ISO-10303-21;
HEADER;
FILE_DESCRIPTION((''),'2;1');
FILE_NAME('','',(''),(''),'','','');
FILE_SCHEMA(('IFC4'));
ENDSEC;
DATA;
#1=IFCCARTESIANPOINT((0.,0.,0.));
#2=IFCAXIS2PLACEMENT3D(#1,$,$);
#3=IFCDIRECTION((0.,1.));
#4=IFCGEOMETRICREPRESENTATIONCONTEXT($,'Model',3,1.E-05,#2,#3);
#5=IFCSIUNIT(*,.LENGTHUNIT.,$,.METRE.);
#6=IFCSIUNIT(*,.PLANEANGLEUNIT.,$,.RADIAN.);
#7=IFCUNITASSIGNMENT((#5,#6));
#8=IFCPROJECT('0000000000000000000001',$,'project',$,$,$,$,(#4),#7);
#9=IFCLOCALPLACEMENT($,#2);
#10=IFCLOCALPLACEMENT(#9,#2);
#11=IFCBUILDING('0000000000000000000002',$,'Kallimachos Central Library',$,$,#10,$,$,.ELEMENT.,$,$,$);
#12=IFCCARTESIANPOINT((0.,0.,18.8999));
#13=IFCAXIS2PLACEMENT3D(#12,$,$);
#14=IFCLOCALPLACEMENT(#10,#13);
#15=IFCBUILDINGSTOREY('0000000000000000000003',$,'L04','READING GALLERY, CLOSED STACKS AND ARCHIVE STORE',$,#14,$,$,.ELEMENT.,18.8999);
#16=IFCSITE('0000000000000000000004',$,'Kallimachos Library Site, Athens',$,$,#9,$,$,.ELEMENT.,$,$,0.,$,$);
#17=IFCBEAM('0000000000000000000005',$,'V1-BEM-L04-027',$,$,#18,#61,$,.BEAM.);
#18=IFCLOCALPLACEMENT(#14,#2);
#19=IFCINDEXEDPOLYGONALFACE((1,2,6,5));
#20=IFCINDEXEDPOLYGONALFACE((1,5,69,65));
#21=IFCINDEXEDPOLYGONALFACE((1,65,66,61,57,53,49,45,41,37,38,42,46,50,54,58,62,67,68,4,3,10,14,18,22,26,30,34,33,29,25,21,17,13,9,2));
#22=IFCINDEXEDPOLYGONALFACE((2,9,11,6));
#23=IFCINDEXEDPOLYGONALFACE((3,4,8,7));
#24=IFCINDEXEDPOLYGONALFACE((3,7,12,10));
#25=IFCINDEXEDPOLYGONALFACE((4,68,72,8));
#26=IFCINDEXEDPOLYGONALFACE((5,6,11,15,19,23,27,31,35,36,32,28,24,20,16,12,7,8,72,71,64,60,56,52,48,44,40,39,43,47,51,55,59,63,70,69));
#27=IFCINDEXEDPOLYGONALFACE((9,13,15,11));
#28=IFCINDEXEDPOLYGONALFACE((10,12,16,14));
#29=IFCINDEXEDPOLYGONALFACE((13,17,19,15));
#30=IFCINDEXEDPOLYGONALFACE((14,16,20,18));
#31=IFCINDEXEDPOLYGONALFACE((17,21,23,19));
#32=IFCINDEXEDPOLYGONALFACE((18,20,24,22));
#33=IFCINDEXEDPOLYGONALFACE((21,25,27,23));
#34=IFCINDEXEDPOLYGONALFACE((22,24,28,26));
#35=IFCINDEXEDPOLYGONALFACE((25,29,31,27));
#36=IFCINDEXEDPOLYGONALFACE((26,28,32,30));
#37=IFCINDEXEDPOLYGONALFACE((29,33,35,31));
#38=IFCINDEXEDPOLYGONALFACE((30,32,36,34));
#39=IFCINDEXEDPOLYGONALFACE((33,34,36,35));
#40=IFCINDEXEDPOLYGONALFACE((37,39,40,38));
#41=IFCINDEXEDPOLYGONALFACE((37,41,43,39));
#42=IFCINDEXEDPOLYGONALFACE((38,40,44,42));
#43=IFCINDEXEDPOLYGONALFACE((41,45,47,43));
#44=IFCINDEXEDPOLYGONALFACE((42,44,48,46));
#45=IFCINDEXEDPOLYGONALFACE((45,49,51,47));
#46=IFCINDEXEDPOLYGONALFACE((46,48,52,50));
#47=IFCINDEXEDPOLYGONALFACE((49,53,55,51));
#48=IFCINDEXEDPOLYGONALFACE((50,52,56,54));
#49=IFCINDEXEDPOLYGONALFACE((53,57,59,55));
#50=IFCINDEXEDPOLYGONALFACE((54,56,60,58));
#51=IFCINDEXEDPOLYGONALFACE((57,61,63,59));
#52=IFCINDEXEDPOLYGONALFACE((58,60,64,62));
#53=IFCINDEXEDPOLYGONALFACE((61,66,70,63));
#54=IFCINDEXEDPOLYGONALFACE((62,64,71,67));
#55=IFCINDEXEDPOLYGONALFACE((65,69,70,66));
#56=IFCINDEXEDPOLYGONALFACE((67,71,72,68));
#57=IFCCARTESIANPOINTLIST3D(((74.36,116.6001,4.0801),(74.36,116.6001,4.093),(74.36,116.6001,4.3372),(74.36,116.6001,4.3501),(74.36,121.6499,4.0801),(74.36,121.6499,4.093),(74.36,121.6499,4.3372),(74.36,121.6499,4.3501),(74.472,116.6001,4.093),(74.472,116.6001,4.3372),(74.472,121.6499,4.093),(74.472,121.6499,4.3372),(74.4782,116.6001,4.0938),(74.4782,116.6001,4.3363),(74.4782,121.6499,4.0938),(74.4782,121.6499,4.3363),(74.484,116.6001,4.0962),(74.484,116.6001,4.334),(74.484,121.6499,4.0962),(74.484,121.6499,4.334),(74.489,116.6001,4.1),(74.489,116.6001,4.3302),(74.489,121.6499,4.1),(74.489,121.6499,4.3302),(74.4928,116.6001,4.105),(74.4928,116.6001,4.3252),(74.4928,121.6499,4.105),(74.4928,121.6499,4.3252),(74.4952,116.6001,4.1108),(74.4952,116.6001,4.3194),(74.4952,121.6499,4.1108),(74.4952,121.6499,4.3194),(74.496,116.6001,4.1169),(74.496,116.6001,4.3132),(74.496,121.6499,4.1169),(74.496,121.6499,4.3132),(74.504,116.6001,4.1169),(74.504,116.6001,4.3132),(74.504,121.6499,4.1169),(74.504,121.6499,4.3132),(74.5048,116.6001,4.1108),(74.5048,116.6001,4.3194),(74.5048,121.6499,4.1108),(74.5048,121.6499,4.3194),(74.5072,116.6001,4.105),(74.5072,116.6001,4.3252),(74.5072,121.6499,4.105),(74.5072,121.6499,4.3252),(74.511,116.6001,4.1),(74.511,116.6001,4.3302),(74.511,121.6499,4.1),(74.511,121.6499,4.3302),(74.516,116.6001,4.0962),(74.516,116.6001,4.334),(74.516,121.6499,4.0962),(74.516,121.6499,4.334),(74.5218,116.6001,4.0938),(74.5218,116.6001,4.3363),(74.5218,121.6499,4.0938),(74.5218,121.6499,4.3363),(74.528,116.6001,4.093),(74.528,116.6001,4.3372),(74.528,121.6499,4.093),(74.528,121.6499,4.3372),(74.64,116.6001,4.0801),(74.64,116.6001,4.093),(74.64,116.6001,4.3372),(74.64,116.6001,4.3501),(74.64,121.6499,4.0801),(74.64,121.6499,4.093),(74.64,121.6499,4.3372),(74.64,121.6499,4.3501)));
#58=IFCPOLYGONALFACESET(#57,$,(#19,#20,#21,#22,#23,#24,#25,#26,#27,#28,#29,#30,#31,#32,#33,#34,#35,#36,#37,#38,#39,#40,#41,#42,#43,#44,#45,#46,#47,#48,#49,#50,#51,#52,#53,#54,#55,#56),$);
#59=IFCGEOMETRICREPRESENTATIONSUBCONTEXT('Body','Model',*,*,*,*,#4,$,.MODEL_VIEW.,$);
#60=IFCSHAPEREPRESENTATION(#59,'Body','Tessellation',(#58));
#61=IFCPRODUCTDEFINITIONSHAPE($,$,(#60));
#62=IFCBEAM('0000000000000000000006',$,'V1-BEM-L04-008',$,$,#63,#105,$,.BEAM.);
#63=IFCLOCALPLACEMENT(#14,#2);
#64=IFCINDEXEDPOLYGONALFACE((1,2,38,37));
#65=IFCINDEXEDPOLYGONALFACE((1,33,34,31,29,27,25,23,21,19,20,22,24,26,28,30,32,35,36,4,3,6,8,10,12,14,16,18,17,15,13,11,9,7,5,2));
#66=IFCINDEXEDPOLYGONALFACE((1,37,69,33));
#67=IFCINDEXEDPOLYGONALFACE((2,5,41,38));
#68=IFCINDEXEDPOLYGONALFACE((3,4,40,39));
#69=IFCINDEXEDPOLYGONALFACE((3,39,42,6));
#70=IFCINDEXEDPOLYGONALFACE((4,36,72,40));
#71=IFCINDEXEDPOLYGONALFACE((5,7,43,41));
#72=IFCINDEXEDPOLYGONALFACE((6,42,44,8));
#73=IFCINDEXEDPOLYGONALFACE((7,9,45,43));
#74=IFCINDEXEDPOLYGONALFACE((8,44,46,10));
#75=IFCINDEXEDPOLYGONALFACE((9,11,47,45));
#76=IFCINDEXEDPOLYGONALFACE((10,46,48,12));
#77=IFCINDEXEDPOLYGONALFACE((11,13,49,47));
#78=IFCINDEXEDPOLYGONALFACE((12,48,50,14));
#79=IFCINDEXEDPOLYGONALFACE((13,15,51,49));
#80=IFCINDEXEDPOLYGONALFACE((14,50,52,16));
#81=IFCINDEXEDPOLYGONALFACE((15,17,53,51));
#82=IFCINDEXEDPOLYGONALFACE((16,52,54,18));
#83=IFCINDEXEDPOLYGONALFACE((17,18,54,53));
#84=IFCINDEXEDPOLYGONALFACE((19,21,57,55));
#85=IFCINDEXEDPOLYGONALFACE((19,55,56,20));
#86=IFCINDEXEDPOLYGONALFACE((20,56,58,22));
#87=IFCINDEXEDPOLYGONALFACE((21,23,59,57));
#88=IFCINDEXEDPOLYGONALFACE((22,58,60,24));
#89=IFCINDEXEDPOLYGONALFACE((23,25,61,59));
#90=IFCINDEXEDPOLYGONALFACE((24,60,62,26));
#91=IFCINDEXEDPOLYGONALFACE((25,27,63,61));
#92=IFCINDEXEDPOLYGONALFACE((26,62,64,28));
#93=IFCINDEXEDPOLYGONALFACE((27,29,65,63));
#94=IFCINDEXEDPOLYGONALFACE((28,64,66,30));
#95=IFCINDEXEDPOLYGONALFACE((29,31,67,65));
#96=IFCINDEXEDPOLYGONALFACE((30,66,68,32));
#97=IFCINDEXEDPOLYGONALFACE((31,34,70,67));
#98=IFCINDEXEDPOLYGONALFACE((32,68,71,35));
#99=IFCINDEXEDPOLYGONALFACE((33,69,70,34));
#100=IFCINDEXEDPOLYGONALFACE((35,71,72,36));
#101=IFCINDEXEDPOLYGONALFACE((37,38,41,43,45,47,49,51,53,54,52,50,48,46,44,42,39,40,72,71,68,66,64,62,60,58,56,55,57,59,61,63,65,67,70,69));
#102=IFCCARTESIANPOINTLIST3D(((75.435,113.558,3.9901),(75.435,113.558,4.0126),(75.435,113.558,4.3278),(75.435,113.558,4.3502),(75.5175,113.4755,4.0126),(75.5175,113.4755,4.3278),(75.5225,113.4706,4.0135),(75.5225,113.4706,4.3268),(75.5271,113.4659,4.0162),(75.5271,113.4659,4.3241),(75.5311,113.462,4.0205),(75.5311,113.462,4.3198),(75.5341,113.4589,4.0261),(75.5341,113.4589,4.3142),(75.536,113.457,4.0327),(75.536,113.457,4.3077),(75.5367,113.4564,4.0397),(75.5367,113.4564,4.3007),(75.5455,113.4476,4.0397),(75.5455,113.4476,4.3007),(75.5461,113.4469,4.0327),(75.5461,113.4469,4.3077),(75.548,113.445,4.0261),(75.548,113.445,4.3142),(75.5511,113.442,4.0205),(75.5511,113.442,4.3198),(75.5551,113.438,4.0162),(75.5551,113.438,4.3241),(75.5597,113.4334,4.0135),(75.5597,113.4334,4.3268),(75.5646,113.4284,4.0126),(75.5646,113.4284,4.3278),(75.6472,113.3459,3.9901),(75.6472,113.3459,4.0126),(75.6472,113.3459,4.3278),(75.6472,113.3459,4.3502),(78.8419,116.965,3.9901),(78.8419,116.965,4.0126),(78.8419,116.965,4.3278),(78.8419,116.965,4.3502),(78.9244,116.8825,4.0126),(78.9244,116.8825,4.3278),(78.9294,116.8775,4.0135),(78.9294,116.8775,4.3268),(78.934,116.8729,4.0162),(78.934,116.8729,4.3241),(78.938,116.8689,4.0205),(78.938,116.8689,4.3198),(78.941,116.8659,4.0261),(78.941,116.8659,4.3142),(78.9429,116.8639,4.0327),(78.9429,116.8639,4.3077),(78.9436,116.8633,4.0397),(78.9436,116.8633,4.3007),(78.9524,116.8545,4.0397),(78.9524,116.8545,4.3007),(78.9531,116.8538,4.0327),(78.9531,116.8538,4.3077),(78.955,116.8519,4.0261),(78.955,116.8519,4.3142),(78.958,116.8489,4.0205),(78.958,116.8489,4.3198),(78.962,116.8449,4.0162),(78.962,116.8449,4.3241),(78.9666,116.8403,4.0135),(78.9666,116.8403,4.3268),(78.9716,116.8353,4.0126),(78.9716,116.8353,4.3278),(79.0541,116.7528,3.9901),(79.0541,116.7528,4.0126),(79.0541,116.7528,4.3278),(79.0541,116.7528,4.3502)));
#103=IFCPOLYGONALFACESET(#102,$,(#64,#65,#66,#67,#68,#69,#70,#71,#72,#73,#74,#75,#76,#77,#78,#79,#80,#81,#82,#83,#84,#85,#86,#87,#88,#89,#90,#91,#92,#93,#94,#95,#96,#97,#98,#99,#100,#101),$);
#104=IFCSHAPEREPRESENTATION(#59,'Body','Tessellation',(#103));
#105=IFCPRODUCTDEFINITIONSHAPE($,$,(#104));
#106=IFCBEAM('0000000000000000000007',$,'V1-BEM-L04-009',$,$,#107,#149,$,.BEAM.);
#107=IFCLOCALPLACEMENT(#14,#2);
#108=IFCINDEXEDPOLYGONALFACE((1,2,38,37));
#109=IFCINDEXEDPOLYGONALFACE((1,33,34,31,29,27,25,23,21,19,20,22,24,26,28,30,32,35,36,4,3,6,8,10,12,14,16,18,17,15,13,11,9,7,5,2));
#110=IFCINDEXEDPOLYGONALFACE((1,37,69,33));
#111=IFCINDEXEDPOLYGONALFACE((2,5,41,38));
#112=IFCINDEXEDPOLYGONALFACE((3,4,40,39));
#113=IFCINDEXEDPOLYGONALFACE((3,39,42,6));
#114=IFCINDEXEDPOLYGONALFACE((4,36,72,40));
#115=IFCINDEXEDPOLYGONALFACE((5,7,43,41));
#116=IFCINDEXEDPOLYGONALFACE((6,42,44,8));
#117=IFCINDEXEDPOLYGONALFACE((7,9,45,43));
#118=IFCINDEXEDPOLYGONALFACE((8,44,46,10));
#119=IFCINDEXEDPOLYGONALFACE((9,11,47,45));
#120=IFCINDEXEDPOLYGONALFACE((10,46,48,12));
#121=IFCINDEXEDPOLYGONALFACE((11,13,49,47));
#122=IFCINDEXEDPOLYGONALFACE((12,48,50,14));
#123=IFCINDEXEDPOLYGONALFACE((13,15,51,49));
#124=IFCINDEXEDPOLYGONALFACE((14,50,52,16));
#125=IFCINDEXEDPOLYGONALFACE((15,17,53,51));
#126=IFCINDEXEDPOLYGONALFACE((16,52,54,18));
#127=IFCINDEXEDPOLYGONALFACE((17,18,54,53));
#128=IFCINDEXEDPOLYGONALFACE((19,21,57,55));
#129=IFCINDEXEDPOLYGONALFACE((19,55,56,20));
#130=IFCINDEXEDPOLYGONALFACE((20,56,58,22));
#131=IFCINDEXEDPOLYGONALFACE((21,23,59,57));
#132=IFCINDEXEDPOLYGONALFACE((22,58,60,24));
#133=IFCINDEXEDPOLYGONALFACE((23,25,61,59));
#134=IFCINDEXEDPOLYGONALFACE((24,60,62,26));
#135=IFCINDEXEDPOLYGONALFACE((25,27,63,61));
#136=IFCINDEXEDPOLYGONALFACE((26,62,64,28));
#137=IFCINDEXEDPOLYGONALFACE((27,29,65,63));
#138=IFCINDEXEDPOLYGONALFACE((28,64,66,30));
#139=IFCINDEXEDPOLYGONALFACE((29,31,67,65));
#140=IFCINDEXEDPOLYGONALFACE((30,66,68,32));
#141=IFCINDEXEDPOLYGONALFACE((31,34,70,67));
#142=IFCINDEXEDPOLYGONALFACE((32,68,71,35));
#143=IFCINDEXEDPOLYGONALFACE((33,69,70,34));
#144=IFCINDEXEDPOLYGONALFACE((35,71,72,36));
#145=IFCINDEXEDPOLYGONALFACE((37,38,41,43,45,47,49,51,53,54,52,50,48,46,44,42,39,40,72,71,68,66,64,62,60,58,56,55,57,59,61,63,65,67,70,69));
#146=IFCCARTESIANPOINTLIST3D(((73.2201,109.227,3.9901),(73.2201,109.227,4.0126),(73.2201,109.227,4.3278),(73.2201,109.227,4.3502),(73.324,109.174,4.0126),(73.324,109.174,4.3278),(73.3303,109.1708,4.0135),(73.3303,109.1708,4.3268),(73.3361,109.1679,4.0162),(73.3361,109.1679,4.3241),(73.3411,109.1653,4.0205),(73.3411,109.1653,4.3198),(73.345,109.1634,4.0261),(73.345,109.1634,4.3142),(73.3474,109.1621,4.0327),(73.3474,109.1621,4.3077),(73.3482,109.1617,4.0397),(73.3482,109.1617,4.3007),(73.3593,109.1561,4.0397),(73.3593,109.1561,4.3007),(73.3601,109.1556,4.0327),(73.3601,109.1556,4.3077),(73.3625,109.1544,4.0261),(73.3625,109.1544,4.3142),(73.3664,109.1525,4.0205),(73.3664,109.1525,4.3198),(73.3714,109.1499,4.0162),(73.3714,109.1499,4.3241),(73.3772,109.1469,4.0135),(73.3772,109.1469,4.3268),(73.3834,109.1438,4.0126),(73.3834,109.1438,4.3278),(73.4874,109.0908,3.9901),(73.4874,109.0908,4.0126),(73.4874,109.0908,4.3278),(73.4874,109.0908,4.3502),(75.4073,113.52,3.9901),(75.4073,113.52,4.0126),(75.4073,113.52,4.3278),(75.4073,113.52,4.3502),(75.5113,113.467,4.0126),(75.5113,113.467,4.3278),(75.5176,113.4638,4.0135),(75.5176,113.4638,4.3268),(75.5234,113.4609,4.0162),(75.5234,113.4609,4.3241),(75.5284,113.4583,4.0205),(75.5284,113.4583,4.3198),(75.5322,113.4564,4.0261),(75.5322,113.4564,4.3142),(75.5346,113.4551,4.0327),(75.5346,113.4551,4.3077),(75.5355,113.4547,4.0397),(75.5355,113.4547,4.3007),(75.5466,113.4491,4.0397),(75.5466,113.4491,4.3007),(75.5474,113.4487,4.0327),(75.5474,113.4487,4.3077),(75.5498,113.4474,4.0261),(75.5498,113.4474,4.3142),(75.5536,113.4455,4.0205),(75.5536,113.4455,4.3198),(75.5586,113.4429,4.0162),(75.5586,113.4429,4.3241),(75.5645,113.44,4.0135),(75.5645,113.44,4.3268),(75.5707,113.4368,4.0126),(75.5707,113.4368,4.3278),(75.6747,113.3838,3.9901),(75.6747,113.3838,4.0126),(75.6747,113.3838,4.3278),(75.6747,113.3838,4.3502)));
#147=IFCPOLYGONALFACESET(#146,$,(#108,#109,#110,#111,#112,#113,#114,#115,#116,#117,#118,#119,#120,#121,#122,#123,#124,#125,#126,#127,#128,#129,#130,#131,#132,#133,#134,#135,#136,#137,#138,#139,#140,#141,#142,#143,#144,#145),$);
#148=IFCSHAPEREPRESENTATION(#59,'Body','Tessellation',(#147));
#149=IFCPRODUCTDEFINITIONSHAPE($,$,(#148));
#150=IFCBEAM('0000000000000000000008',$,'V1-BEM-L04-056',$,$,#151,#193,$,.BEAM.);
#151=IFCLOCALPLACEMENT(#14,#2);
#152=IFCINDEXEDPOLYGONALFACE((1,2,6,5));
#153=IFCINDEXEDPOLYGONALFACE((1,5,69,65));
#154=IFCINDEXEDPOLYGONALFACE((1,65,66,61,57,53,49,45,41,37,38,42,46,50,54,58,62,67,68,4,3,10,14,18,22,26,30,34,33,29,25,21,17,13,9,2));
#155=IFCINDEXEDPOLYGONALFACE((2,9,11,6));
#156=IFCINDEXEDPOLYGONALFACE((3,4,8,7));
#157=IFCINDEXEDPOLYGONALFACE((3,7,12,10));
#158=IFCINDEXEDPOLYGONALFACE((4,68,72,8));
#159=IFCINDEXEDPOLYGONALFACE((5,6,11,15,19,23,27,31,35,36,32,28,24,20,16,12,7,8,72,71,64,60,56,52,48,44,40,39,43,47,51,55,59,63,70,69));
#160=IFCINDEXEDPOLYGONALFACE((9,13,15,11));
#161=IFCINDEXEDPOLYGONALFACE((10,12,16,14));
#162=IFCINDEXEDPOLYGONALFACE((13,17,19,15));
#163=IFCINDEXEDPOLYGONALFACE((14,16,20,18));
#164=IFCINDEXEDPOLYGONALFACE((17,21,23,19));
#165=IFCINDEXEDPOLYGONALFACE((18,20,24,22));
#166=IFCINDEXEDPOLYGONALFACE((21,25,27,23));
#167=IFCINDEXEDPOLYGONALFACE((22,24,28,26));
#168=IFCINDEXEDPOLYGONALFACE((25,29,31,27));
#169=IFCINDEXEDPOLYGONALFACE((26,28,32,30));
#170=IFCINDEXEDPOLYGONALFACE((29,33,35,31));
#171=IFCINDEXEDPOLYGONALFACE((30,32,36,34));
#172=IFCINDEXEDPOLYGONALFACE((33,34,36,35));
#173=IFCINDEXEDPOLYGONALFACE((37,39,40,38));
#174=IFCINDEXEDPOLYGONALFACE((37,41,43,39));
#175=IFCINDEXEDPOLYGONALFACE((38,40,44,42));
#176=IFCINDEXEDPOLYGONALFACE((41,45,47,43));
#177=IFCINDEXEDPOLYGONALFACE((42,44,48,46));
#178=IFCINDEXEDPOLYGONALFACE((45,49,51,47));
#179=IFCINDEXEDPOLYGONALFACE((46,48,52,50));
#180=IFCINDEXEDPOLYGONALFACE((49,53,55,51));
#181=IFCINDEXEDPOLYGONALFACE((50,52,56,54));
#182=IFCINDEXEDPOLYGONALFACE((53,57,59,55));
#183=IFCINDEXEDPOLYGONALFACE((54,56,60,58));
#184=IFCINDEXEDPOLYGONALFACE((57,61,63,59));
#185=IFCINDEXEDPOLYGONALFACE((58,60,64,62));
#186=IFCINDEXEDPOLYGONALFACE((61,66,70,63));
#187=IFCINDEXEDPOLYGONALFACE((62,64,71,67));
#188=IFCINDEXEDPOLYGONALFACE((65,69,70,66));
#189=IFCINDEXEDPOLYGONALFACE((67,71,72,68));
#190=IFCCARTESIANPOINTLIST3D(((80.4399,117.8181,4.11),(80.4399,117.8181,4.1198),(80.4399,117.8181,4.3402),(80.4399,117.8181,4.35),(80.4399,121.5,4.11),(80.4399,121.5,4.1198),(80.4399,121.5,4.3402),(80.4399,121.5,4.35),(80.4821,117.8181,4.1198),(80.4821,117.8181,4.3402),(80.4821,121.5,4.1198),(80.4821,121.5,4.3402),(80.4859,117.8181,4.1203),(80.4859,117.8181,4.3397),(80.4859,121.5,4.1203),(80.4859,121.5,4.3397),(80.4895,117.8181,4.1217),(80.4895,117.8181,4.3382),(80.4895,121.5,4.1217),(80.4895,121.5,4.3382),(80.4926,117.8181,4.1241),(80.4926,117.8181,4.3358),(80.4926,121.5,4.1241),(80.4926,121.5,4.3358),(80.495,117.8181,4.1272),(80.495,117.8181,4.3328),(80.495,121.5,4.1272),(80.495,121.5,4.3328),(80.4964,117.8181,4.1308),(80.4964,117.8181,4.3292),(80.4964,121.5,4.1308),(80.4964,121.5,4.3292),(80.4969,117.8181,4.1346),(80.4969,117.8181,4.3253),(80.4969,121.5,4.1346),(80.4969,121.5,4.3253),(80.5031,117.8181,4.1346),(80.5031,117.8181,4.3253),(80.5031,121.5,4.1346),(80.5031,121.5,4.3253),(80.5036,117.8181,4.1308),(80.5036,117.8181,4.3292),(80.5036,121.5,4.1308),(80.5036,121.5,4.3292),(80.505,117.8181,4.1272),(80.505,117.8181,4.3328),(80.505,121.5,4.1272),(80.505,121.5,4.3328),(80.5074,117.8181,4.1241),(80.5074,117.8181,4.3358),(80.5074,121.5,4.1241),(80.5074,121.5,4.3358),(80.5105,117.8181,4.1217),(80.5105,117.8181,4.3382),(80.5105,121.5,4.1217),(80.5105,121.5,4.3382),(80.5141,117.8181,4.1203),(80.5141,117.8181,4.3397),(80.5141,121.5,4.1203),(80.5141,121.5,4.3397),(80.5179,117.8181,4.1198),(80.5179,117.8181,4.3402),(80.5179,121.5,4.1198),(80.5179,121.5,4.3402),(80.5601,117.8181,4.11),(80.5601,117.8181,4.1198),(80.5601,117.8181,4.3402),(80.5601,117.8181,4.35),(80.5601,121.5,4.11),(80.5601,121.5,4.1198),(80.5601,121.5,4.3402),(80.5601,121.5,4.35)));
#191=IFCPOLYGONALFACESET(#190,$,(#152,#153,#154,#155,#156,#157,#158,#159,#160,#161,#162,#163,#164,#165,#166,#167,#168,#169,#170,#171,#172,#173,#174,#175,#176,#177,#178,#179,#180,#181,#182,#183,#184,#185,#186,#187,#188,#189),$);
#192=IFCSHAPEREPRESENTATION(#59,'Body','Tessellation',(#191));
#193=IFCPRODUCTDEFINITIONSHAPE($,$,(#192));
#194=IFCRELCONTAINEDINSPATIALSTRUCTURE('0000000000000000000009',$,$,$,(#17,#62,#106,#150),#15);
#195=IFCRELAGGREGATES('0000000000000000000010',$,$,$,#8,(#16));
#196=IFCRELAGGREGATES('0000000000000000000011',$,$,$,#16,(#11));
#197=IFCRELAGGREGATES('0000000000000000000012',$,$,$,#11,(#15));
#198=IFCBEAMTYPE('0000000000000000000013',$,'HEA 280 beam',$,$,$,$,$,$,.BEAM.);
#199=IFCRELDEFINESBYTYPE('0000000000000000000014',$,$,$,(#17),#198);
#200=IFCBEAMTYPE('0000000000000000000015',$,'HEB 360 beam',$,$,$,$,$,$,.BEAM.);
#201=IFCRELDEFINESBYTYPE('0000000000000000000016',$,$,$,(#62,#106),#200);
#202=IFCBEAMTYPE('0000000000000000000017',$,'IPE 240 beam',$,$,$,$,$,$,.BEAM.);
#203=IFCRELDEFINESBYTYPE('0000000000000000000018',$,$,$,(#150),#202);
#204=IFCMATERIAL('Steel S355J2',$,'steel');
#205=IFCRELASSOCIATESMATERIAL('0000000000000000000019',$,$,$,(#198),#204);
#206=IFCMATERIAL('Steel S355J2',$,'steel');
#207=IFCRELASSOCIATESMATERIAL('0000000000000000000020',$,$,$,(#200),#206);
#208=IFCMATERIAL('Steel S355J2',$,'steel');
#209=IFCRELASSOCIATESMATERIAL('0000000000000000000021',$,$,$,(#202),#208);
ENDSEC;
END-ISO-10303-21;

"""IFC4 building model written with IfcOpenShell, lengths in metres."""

from ifc_helpers import new_model, si_unit, direction, frame, origin, origin_2d, place, context, subcontext, project, spatial, i_section, extrude, material, material_profile, profile_set, type_object, element, save


model = new_model("IFC4")

# Units and contexts
model_context = context("Model", 3, precision=1e-05, world=origin(), true_north=direction((0.0, 1.0)))
body_context = subcontext(model_context, "Body", "Model", "MODEL_VIEW")
ifc_project = project(units=[si_unit("LENGTHUNIT", "METRE"), si_unit("PLANEANGLEUNIT", "RADIAN")], contexts=[model_context])

# Site, building, storey
site_placement = place(None, origin())
site = spatial("IfcSite", under=ifc_project, at=site_placement, Name="Kallimachos Library Site, Athens", CompositionType="ELEMENT", RefElevation=0.0)
building_placement = place(site_placement, origin())
building = spatial("IfcBuilding", under=site, at=building_placement, Name="Kallimachos Central Library", CompositionType="ELEMENT")
storey_placement = place(building_placement, frame((0.0, 0.0, 18.8999)))
storey = spatial("IfcBuildingStorey", under=building, at=storey_placement, Name="L04", Description="READING GALLERY, CLOSED STACKS AND ARCHIVE STORE", CompositionType="ELEMENT", Elevation=18.8999)

# Beams
ifc_material_1 = material(Name="Steel S355J2", Category="steel")
ifc_material_profile_1 = material_profile(ifc_material_1, i_section(OverallWidth=0.28, OverallDepth=0.27, WebThickness=0.0081, FlangeThickness=0.0129, FilletRadius=0.0239, at=origin_2d()), Name="HEA 280")
ifc_profile_set_1 = profile_set([ifc_material_profile_1], Name="Steel S355J2")
beam_type_1 = type_object("IfcBeamType", Name="HEA 280 beam", PredefinedType="BEAM", material=ifc_profile_set_1)
beam_1_placement = place(storey_placement, frame((74.5, 116.6001, 4.2151), z_axis=(0.0, 1.0, 0.0), x_axis=(-1.0, 0.0, 0.0)))
element("IfcBeam", 1, at=beam_1_placement, inside=storey, type_object=beam_type_1, Name="V1-BEM-L04-027", PredefinedType="BEAM", context=body_context, shape_type="SweptSolid", body=[
    extrude(i_section(OverallWidth=0.28, OverallDepth=0.27, WebThickness=0.0081, FlangeThickness=0.0129, FilletRadius=0.0239, at=origin_2d()), origin(), (0.0, 0.0, 1.0), 5.0498),
])
ifc_material_2 = material(Name="Steel S355J2", Category="steel")
ifc_material_profile_2 = material_profile(ifc_material_2, i_section(OverallWidth=0.3, OverallDepth=0.3601, WebThickness=0.0125, FlangeThickness=0.0225, FilletRadius=0.0271, at=origin_2d()), Name="HEB 360")
ifc_profile_set_2 = profile_set([ifc_material_profile_2], Name="Steel S355J2")
beam_type_2 = type_object("IfcBeamType", Name="HEB 360 beam", PredefinedType="BEAM", material=ifc_profile_set_2)
for number, where, z_axis, x_axis, name in (
    (2, (78.948, 116.8589, 4.1702), (-0.707107, -0.707107, 0.0), (0.707107, -0.707107, 0.0), "V1-BEM-L04-008"),
    (3, (75.541, 113.4519, 4.1702), (-0.453971, -0.891017, 0.0), (0.891017, -0.453971, 0.0), "V1-BEM-L04-009"),
):
    element("IfcBeam", number, at=place(storey_placement, frame(where, z_axis=z_axis, x_axis=x_axis)), inside=storey, type_object=beam_type_2, Name=name, PredefinedType="BEAM", context=body_context, shape_type="SweptSolid", body=[
        extrude(i_section(OverallWidth=0.3, OverallDepth=0.3601, WebThickness=0.0125, FlangeThickness=0.0225, FilletRadius=0.0271, at=origin_2d()), origin(), (0.0, 0.0, 1.0), 4.8181),
    ])
ifc_material_3 = material(Name="Steel S355J2", Category="steel")
ifc_material_profile_3 = material_profile(ifc_material_3, i_section(OverallWidth=0.1201, OverallDepth=0.24, WebThickness=0.0061, FlangeThickness=0.0098, FilletRadius=0.0149, at=origin_2d()), Name="IPE 240")
ifc_profile_set_3 = profile_set([ifc_material_profile_3], Name="Steel S355J2")
beam_type_3 = type_object("IfcBeamType", Name="IPE 240 beam", PredefinedType="BEAM", material=ifc_profile_set_3)
beam_2_placement = place(storey_placement, frame((80.5, 117.8181, 4.23), z_axis=(0.0, 1.0, 0.0), x_axis=(-1.0, 0.0, 0.0)))
element("IfcBeam", 4, at=beam_2_placement, inside=storey, type_object=beam_type_3, Name="V1-BEM-L04-056", PredefinedType="BEAM", context=body_context, shape_type="SweptSolid", body=[
    extrude(i_section(OverallWidth=0.1201, OverallDepth=0.24, WebThickness=0.0061, FlangeThickness=0.0098, FilletRadius=0.0149, at=origin_2d()), origin(), (0.0, 0.0, 1.0), 3.6819),
])

save(model, "model.ifc")
